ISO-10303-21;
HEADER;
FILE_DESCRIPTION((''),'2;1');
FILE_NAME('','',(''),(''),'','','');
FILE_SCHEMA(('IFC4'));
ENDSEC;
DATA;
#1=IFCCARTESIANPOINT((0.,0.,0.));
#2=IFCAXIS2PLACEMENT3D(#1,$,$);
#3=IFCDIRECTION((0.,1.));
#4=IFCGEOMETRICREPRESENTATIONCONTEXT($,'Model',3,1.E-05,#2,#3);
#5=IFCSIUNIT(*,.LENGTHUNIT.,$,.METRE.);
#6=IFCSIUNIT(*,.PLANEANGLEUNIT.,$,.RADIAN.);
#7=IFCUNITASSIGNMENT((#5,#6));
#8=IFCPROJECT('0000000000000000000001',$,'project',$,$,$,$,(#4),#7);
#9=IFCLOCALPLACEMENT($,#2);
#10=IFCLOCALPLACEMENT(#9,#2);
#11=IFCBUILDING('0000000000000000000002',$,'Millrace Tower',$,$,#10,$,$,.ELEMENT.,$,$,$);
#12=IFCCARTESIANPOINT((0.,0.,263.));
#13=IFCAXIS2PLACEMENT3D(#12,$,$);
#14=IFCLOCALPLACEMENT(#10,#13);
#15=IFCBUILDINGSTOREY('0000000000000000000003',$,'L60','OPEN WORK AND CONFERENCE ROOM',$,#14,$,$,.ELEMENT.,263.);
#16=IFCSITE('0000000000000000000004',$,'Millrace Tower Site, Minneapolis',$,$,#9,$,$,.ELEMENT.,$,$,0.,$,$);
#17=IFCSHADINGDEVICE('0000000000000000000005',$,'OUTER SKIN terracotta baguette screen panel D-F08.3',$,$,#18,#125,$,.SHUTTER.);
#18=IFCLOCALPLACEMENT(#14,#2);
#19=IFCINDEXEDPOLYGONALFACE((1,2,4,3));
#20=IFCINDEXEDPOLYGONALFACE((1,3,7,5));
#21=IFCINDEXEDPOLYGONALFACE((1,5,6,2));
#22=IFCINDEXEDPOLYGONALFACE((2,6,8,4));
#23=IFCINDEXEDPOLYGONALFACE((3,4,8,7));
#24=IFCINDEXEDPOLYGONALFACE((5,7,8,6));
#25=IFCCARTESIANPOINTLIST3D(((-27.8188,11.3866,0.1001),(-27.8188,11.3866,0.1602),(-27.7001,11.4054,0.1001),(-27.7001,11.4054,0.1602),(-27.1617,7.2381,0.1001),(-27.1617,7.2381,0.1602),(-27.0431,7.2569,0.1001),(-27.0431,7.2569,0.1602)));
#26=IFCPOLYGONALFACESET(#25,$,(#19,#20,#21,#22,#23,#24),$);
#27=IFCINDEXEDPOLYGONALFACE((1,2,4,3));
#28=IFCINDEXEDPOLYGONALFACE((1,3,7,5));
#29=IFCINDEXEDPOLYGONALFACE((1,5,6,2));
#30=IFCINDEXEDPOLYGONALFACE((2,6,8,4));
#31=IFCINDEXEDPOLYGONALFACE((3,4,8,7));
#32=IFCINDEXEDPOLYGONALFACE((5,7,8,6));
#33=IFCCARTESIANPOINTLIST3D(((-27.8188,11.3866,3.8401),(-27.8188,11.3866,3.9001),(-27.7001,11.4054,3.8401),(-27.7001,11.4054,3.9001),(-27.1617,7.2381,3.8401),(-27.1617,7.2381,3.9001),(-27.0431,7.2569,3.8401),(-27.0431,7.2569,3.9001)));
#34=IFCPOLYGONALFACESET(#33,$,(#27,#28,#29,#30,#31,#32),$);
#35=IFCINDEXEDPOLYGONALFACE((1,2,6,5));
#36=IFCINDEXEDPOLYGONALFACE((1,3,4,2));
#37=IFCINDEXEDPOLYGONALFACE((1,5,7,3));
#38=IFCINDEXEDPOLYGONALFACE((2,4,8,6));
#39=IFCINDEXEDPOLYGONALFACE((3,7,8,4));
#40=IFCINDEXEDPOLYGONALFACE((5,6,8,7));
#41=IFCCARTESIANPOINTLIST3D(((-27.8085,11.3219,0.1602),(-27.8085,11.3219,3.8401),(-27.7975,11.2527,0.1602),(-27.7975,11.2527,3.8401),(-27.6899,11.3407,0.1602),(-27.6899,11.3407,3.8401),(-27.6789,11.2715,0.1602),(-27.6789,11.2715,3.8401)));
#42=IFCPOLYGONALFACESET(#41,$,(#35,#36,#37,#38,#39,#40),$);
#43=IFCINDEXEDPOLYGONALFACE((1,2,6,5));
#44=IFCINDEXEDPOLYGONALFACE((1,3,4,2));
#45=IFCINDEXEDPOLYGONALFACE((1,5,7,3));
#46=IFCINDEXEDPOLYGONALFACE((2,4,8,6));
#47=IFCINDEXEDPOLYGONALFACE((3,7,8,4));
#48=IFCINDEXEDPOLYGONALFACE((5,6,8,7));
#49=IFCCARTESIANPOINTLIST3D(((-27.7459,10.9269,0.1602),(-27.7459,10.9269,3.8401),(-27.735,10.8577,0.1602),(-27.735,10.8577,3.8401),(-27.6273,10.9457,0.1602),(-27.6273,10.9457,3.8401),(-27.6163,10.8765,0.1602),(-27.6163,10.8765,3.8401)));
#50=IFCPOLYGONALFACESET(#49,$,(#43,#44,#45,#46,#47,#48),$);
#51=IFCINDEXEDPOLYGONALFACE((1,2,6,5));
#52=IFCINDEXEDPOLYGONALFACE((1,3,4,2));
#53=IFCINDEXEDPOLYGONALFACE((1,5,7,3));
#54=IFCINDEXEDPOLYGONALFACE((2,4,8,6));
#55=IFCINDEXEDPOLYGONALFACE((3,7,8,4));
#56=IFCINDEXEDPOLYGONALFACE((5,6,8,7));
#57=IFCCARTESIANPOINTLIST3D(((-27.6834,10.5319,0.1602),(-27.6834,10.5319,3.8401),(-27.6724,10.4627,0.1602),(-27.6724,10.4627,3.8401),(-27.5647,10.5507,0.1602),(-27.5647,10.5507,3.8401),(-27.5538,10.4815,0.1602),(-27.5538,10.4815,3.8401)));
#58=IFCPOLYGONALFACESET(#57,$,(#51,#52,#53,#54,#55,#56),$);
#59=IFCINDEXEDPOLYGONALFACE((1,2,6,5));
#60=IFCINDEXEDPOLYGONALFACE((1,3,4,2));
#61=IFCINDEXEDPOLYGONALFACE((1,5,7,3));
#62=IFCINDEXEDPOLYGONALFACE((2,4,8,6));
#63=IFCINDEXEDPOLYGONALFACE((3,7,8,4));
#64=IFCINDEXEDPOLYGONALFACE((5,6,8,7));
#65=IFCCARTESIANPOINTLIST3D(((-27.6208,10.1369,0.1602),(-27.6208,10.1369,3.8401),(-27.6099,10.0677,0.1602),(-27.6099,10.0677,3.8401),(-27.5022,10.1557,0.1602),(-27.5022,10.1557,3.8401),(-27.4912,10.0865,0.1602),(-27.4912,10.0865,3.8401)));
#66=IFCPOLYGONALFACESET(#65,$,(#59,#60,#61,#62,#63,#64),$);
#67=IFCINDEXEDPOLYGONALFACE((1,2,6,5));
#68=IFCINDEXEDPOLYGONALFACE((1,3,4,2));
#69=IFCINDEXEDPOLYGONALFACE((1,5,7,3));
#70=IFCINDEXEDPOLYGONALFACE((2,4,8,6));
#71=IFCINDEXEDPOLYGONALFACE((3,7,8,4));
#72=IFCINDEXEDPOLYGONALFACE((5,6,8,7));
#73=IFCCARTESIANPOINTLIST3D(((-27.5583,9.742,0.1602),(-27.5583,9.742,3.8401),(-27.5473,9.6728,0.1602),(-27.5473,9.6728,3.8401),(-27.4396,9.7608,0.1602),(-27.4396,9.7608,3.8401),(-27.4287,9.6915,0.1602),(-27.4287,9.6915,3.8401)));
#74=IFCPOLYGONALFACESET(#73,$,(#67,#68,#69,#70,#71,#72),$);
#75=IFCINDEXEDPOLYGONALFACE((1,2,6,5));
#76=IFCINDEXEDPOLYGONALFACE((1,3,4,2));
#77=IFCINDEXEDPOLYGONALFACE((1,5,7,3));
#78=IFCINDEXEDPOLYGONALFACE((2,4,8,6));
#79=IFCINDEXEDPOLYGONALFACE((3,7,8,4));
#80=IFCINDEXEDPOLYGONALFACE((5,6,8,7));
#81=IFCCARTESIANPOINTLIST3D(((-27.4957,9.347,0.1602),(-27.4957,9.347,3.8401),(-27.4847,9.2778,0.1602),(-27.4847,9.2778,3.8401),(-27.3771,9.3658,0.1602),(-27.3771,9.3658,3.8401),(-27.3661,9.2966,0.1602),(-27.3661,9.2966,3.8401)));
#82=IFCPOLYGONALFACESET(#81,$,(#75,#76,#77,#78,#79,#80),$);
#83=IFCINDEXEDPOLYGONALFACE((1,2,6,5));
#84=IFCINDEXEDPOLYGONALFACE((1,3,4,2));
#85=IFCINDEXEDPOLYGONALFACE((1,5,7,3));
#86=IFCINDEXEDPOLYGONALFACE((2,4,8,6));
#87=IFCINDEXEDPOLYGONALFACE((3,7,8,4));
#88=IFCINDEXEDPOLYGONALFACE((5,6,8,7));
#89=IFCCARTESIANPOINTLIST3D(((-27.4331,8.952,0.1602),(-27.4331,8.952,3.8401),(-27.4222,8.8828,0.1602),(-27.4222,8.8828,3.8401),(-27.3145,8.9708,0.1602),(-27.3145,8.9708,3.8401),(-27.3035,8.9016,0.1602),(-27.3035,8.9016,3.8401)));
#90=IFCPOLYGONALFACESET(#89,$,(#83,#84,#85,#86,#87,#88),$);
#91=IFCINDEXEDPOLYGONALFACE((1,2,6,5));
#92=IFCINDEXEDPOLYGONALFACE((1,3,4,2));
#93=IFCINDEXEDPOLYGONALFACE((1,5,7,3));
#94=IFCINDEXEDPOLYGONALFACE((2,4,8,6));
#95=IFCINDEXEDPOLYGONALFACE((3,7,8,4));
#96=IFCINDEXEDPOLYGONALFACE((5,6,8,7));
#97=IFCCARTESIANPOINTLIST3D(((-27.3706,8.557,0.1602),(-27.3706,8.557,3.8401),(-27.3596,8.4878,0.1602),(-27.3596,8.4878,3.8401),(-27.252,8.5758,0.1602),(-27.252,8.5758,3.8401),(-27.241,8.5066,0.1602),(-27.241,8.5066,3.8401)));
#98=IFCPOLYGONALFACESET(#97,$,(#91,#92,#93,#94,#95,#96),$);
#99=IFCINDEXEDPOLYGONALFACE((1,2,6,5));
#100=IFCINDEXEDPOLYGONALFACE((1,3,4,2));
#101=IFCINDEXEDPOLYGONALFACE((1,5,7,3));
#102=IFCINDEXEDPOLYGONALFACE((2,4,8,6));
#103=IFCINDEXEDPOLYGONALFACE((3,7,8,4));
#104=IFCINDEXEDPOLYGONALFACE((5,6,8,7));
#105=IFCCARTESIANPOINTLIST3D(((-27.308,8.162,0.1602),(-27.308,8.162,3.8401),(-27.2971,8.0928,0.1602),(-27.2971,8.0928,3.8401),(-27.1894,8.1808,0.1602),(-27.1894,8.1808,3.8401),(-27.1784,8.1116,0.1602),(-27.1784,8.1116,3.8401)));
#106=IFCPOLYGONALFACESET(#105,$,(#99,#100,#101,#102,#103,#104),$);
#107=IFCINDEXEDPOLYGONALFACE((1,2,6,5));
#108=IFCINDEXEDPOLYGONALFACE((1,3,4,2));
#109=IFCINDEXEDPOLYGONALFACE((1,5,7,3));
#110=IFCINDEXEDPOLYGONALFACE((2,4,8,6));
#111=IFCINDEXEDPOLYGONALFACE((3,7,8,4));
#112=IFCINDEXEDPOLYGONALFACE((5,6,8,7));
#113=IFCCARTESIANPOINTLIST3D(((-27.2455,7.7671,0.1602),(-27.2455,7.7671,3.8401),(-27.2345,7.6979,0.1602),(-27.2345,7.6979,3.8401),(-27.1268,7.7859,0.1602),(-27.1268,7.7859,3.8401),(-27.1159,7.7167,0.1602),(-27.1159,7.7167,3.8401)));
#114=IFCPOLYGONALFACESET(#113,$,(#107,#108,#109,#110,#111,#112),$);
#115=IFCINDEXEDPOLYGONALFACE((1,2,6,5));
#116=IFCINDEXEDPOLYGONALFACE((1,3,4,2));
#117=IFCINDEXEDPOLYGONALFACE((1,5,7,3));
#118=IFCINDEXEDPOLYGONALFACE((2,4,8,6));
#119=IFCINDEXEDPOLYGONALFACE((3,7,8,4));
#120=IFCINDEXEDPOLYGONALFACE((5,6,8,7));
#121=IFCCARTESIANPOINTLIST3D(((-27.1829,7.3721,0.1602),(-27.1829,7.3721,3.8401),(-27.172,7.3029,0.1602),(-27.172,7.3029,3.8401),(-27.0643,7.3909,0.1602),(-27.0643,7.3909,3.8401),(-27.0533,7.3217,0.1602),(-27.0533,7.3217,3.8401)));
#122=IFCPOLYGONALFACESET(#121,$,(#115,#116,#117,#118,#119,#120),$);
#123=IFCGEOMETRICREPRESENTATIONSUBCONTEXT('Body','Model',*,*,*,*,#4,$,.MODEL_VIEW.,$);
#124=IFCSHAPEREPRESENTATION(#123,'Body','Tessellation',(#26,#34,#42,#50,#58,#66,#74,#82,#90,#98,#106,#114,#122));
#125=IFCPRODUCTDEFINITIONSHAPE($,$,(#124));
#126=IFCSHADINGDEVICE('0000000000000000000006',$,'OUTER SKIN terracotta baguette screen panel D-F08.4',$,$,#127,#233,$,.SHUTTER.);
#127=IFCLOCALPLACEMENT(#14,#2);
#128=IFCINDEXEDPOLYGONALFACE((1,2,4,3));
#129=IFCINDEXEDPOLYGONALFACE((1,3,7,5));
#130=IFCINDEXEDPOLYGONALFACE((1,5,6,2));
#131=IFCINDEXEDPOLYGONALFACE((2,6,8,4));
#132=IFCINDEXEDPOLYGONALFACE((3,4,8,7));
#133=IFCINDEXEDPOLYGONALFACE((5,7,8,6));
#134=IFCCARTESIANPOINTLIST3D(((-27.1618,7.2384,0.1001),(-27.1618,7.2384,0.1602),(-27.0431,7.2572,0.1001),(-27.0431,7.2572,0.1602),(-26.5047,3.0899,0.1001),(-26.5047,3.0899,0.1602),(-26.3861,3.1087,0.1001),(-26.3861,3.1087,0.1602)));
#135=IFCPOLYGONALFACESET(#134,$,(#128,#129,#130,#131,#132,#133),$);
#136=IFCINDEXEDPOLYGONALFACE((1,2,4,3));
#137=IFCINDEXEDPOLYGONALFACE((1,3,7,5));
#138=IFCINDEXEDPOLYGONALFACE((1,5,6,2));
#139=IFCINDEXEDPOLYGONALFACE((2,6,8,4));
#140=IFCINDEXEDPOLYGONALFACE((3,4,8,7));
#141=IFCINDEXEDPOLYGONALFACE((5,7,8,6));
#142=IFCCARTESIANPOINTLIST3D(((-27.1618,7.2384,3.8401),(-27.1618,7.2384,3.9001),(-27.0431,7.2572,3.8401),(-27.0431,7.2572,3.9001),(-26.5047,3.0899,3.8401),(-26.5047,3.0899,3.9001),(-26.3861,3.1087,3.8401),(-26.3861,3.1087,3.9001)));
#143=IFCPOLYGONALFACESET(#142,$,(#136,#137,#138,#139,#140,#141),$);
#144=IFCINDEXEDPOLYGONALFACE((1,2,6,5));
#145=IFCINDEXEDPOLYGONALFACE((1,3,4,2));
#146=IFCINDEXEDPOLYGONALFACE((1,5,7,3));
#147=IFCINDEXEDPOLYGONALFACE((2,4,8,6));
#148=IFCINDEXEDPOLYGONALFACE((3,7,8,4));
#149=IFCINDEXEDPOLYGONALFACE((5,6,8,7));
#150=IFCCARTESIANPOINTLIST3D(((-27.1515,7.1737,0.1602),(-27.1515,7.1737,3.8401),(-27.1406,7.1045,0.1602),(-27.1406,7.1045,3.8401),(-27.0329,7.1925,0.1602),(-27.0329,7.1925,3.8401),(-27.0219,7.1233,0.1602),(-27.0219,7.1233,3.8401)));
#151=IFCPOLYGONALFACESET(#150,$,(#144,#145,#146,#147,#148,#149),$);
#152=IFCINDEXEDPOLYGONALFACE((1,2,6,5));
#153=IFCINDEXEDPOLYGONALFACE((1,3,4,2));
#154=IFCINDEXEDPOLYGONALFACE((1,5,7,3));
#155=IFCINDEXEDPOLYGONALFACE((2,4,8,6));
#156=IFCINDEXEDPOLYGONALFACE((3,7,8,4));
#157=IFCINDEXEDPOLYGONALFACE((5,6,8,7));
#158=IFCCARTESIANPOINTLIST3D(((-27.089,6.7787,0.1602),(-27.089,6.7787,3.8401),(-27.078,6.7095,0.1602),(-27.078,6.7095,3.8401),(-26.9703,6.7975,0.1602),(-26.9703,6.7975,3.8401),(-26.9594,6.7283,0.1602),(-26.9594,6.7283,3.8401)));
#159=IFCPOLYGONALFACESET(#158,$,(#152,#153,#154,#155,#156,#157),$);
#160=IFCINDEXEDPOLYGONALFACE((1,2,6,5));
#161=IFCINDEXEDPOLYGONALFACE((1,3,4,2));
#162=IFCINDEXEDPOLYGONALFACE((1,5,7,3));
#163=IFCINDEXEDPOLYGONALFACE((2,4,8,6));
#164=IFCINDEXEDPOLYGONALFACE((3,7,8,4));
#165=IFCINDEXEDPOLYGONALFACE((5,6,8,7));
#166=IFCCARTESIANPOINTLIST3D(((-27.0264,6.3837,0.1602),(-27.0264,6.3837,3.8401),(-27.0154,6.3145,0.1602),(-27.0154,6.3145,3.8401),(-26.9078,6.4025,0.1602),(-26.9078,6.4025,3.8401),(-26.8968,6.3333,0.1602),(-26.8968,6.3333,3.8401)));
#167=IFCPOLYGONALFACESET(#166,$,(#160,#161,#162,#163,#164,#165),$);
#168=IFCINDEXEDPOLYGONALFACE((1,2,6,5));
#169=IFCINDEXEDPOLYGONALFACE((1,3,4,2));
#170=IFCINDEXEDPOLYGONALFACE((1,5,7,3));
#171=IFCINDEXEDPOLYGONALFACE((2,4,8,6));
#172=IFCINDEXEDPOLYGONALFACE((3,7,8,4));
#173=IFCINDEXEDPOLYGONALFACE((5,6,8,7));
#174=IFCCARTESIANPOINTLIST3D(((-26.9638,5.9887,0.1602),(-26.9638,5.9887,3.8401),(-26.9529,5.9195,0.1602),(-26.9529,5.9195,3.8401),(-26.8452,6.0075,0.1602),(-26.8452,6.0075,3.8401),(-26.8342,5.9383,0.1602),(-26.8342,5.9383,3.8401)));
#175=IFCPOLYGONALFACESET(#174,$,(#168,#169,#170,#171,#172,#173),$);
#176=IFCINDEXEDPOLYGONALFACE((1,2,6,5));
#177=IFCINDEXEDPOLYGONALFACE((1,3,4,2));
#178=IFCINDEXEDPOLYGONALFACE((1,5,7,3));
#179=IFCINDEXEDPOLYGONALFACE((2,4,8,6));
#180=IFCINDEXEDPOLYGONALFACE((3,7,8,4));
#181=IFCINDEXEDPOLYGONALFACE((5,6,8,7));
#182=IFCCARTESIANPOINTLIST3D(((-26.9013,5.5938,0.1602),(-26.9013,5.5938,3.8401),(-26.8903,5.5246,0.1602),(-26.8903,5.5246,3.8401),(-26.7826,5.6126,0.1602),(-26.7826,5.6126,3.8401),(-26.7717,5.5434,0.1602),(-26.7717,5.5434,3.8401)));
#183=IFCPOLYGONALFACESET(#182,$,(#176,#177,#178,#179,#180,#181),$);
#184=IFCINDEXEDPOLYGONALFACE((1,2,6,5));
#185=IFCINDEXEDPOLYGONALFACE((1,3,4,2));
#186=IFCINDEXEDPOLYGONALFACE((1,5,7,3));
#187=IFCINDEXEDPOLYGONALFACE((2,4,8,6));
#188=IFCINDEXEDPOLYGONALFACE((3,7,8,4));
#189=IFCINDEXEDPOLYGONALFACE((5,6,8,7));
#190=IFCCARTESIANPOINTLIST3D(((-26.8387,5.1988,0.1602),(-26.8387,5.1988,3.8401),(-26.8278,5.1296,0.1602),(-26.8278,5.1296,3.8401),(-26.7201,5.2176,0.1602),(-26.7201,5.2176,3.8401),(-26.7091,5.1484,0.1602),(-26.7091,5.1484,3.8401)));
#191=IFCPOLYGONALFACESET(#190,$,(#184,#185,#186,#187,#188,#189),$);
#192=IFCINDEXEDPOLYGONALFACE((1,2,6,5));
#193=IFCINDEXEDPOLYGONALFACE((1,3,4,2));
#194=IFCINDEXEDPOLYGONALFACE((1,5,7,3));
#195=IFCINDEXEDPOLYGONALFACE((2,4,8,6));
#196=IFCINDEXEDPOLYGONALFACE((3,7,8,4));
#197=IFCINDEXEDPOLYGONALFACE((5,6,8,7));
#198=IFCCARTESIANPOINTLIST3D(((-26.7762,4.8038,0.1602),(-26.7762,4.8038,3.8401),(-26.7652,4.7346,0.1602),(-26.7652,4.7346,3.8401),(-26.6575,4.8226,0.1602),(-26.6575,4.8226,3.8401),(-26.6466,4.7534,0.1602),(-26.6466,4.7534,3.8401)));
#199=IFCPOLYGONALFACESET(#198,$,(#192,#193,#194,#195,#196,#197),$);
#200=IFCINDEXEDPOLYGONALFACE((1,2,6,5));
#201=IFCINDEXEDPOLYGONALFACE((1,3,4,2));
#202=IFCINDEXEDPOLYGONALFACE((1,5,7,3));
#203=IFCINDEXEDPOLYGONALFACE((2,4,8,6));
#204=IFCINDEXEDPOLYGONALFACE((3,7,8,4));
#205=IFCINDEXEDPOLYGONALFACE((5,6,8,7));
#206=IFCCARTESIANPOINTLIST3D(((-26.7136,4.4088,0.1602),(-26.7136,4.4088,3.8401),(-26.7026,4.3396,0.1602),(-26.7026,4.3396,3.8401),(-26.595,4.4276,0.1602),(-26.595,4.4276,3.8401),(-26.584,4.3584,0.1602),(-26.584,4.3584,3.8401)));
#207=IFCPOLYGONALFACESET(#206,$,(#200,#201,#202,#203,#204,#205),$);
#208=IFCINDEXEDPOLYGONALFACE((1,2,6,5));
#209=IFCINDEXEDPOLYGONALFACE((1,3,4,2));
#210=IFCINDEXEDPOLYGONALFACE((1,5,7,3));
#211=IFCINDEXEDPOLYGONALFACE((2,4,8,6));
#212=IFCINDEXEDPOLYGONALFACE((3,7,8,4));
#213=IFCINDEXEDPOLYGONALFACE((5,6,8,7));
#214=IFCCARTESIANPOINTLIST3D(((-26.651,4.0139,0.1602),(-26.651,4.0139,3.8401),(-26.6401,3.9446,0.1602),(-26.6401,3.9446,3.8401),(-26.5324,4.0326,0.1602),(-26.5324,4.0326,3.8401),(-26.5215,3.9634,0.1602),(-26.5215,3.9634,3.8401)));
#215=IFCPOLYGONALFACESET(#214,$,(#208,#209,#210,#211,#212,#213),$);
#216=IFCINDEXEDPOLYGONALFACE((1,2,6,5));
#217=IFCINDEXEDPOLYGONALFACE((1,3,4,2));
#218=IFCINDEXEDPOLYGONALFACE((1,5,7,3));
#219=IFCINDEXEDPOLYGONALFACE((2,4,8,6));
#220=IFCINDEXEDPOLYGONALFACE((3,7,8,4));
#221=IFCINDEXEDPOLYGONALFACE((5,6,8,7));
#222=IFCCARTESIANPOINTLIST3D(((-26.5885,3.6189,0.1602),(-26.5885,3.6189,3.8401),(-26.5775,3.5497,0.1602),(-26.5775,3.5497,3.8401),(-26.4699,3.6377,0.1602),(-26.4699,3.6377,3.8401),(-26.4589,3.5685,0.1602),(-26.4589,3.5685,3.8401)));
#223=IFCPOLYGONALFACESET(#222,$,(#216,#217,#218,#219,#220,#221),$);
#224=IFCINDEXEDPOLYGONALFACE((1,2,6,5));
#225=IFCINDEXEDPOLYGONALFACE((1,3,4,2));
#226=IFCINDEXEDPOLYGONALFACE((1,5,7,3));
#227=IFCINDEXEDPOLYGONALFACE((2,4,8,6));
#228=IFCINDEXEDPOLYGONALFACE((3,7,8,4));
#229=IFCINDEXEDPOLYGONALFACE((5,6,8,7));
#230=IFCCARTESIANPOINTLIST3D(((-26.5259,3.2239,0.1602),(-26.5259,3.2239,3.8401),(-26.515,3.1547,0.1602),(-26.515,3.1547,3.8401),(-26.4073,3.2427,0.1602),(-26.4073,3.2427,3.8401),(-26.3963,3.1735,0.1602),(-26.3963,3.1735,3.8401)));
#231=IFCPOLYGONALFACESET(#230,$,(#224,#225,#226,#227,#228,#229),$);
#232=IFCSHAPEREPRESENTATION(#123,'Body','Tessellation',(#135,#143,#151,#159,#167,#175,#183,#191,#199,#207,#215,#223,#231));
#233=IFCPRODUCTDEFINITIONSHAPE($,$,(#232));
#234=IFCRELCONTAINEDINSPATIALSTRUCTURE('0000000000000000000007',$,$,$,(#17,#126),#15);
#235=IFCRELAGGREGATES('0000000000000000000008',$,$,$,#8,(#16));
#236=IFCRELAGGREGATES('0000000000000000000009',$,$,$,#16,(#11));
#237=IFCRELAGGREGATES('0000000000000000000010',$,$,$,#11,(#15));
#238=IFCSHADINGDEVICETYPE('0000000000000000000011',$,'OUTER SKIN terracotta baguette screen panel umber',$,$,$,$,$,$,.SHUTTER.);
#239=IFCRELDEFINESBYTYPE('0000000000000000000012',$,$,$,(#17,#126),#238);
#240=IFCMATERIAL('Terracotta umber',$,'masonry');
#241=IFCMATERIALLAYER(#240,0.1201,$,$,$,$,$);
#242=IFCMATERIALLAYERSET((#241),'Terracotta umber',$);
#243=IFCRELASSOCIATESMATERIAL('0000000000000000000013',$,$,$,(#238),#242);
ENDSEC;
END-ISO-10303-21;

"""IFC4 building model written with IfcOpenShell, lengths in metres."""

from ifc_helpers import new_model, entity, si_unit, direction, frame, frame_2d, origin, origin_2d, place, context, subcontext, project, spatial, rectangle, extrude, source, transform, mapped, material, layer, layer_set, type_object, element, save


model = new_model("IFC4")

# Units and contexts
model_context = context("Model", 3, precision=1e-05, world=origin(), true_north=direction((0.0, 1.0)))
body_context = subcontext(model_context, "Body", "Model", "MODEL_VIEW")
ifc_project = project(units=[si_unit("LENGTHUNIT", "METRE"), si_unit("PLANEANGLEUNIT", "RADIAN")], contexts=[model_context])

# Site, building, storey
site_placement = place(None, origin())
site = spatial("IfcSite", under=ifc_project, at=site_placement, Name="Millrace Tower Site, Minneapolis", CompositionType="ELEMENT", RefElevation=0.0)
building_placement = place(site_placement, origin())
building = spatial("IfcBuilding", under=site, at=building_placement, Name="Millrace Tower", CompositionType="ELEMENT")
storey_placement = place(building_placement, frame((0.0, 0.0, 263.0)))
storey = spatial("IfcBuildingStorey", under=building, at=storey_placement, Name="L60", Description="OPEN WORK AND CONFERENCE ROOM", CompositionType="ELEMENT", Elevation=263.0)

# Shading devices
ifc_material_1 = material(Name="Terracotta umber", Category="masonry")
ifc_layer_1 = layer(ifc_material_1, 0.1201)
ifc_layer_set_1 = layer_set([ifc_layer_1], Name="Terracotta umber")
shading_device_type = type_object("IfcShadingDeviceType", Name="OUTER SKIN terracotta baguette screen panel umber", PredefinedType="SHUTTER", material=ifc_layer_set_1)
cartesian_point = entity("IfcCartesianPoint", [-2.1001, 0.0601])
shared_polyline = entity("IfcPolyline", [cartesian_point, entity("IfcCartesianPoint", [2.1001, 0.0601]), entity("IfcCartesianPoint", [2.1001, -0.0601]), entity("IfcCartesianPoint", [-2.1001, -0.0601]), cartesian_point])
shared_shape = source(origin(), body_context, "Body", "SweptSolid", [
    entity("IfcExtrudedAreaSolid", entity("IfcArbitraryClosedProfileDef", "AREA", None, shared_polyline), entity("IfcAxis2Placement3D", entity("IfcCartesianPoint", [0.0, 0.0, 0.0])), entity("IfcDirection", [0.0, 0.0, 1.0]), 0.0601),
    entity("IfcExtrudedAreaSolid", entity("IfcArbitraryClosedProfileDef", "AREA", None, shared_polyline), entity("IfcAxis2Placement3D", entity("IfcCartesianPoint", [0.0, 0.0, 3.74])), entity("IfcDirection", [0.0, 0.0, 1.0]), 0.0601),
    extrude(rectangle(XDim=0.0701, YDim=0.1201, at=frame_2d((-1.9995, 0.0))), frame((0.0, 0.0, 0.0601)), (0.0, 0.0, 1.0), 3.6799),
    extrude(rectangle(XDim=0.0701, YDim=0.1201, at=frame_2d((-1.5996, 0.0))), frame((0.0, 0.0, 0.0601)), (0.0, 0.0, 1.0), 3.6799),
    extrude(rectangle(XDim=0.0701, YDim=0.1201, at=frame_2d((-1.1997, 0.0))), frame((0.0, 0.0, 0.0601)), (0.0, 0.0, 1.0), 3.6799),
    extrude(rectangle(XDim=0.0701, YDim=0.1201, at=frame_2d((-0.7998, 0.0))), frame((0.0, 0.0, 0.0601)), (0.0, 0.0, 1.0), 3.6799),
    extrude(rectangle(XDim=0.0701, YDim=0.1201, at=frame_2d((-0.3999, 0.0))), frame((0.0, 0.0, 0.0601)), (0.0, 0.0, 1.0), 3.6799),
    extrude(rectangle(XDim=0.0701, YDim=0.1201, at=origin_2d()), frame((0.0, 0.0, 0.0601)), (0.0, 0.0, 1.0), 3.6799),
    extrude(rectangle(XDim=0.0701, YDim=0.1201, at=frame_2d((0.3999, 0.0))), frame((0.0, 0.0, 0.0601)), (0.0, 0.0, 1.0), 3.6799),
    extrude(rectangle(XDim=0.0701, YDim=0.1201, at=frame_2d((0.7998, 0.0))), frame((0.0, 0.0, 0.0601)), (0.0, 0.0, 1.0), 3.6799),
    extrude(rectangle(XDim=0.0701, YDim=0.1201, at=frame_2d((1.1997, 0.0))), frame((0.0, 0.0, 0.0601)), (0.0, 0.0, 1.0), 3.6799),
    extrude(rectangle(XDim=0.0701, YDim=0.1201, at=frame_2d((1.5996, 0.0))), frame((0.0, 0.0, 0.0601)), (0.0, 0.0, 1.0), 3.6799),
    extrude(rectangle(XDim=0.0701, YDim=0.1201, at=frame_2d((1.9995, 0.0))), frame((0.0, 0.0, 0.0601)), (0.0, 0.0, 1.0), 3.6799),
])
for number, where, z_axis, x_axis, name in (
    (1, (-27.4309, 9.3218, 0.1001), (0.0, 0.0, 1.0), (0.156434, -0.987688, 0.0), "OUTER SKIN terracotta baguette screen panel D-F08.3"),
    (2, (-26.7739, 5.1736, 0.1001), (0.0, 0.0, 1.0), (0.156434, -0.987688, 0.0), "OUTER SKIN terracotta baguette screen panel D-F08.4"),
):
    element("IfcShadingDevice", number, at=place(storey_placement, frame(where, z_axis=z_axis, x_axis=x_axis)), inside=storey, type_object=shading_device_type, Name=name, PredefinedType="SHUTTER", context=body_context, shape_type="MappedRepresentation", body=[
        mapped(shared_shape, transform((0.0, 0.0, 0.0), scale=1.0)),
    ])

save(model, "model.ifc")
